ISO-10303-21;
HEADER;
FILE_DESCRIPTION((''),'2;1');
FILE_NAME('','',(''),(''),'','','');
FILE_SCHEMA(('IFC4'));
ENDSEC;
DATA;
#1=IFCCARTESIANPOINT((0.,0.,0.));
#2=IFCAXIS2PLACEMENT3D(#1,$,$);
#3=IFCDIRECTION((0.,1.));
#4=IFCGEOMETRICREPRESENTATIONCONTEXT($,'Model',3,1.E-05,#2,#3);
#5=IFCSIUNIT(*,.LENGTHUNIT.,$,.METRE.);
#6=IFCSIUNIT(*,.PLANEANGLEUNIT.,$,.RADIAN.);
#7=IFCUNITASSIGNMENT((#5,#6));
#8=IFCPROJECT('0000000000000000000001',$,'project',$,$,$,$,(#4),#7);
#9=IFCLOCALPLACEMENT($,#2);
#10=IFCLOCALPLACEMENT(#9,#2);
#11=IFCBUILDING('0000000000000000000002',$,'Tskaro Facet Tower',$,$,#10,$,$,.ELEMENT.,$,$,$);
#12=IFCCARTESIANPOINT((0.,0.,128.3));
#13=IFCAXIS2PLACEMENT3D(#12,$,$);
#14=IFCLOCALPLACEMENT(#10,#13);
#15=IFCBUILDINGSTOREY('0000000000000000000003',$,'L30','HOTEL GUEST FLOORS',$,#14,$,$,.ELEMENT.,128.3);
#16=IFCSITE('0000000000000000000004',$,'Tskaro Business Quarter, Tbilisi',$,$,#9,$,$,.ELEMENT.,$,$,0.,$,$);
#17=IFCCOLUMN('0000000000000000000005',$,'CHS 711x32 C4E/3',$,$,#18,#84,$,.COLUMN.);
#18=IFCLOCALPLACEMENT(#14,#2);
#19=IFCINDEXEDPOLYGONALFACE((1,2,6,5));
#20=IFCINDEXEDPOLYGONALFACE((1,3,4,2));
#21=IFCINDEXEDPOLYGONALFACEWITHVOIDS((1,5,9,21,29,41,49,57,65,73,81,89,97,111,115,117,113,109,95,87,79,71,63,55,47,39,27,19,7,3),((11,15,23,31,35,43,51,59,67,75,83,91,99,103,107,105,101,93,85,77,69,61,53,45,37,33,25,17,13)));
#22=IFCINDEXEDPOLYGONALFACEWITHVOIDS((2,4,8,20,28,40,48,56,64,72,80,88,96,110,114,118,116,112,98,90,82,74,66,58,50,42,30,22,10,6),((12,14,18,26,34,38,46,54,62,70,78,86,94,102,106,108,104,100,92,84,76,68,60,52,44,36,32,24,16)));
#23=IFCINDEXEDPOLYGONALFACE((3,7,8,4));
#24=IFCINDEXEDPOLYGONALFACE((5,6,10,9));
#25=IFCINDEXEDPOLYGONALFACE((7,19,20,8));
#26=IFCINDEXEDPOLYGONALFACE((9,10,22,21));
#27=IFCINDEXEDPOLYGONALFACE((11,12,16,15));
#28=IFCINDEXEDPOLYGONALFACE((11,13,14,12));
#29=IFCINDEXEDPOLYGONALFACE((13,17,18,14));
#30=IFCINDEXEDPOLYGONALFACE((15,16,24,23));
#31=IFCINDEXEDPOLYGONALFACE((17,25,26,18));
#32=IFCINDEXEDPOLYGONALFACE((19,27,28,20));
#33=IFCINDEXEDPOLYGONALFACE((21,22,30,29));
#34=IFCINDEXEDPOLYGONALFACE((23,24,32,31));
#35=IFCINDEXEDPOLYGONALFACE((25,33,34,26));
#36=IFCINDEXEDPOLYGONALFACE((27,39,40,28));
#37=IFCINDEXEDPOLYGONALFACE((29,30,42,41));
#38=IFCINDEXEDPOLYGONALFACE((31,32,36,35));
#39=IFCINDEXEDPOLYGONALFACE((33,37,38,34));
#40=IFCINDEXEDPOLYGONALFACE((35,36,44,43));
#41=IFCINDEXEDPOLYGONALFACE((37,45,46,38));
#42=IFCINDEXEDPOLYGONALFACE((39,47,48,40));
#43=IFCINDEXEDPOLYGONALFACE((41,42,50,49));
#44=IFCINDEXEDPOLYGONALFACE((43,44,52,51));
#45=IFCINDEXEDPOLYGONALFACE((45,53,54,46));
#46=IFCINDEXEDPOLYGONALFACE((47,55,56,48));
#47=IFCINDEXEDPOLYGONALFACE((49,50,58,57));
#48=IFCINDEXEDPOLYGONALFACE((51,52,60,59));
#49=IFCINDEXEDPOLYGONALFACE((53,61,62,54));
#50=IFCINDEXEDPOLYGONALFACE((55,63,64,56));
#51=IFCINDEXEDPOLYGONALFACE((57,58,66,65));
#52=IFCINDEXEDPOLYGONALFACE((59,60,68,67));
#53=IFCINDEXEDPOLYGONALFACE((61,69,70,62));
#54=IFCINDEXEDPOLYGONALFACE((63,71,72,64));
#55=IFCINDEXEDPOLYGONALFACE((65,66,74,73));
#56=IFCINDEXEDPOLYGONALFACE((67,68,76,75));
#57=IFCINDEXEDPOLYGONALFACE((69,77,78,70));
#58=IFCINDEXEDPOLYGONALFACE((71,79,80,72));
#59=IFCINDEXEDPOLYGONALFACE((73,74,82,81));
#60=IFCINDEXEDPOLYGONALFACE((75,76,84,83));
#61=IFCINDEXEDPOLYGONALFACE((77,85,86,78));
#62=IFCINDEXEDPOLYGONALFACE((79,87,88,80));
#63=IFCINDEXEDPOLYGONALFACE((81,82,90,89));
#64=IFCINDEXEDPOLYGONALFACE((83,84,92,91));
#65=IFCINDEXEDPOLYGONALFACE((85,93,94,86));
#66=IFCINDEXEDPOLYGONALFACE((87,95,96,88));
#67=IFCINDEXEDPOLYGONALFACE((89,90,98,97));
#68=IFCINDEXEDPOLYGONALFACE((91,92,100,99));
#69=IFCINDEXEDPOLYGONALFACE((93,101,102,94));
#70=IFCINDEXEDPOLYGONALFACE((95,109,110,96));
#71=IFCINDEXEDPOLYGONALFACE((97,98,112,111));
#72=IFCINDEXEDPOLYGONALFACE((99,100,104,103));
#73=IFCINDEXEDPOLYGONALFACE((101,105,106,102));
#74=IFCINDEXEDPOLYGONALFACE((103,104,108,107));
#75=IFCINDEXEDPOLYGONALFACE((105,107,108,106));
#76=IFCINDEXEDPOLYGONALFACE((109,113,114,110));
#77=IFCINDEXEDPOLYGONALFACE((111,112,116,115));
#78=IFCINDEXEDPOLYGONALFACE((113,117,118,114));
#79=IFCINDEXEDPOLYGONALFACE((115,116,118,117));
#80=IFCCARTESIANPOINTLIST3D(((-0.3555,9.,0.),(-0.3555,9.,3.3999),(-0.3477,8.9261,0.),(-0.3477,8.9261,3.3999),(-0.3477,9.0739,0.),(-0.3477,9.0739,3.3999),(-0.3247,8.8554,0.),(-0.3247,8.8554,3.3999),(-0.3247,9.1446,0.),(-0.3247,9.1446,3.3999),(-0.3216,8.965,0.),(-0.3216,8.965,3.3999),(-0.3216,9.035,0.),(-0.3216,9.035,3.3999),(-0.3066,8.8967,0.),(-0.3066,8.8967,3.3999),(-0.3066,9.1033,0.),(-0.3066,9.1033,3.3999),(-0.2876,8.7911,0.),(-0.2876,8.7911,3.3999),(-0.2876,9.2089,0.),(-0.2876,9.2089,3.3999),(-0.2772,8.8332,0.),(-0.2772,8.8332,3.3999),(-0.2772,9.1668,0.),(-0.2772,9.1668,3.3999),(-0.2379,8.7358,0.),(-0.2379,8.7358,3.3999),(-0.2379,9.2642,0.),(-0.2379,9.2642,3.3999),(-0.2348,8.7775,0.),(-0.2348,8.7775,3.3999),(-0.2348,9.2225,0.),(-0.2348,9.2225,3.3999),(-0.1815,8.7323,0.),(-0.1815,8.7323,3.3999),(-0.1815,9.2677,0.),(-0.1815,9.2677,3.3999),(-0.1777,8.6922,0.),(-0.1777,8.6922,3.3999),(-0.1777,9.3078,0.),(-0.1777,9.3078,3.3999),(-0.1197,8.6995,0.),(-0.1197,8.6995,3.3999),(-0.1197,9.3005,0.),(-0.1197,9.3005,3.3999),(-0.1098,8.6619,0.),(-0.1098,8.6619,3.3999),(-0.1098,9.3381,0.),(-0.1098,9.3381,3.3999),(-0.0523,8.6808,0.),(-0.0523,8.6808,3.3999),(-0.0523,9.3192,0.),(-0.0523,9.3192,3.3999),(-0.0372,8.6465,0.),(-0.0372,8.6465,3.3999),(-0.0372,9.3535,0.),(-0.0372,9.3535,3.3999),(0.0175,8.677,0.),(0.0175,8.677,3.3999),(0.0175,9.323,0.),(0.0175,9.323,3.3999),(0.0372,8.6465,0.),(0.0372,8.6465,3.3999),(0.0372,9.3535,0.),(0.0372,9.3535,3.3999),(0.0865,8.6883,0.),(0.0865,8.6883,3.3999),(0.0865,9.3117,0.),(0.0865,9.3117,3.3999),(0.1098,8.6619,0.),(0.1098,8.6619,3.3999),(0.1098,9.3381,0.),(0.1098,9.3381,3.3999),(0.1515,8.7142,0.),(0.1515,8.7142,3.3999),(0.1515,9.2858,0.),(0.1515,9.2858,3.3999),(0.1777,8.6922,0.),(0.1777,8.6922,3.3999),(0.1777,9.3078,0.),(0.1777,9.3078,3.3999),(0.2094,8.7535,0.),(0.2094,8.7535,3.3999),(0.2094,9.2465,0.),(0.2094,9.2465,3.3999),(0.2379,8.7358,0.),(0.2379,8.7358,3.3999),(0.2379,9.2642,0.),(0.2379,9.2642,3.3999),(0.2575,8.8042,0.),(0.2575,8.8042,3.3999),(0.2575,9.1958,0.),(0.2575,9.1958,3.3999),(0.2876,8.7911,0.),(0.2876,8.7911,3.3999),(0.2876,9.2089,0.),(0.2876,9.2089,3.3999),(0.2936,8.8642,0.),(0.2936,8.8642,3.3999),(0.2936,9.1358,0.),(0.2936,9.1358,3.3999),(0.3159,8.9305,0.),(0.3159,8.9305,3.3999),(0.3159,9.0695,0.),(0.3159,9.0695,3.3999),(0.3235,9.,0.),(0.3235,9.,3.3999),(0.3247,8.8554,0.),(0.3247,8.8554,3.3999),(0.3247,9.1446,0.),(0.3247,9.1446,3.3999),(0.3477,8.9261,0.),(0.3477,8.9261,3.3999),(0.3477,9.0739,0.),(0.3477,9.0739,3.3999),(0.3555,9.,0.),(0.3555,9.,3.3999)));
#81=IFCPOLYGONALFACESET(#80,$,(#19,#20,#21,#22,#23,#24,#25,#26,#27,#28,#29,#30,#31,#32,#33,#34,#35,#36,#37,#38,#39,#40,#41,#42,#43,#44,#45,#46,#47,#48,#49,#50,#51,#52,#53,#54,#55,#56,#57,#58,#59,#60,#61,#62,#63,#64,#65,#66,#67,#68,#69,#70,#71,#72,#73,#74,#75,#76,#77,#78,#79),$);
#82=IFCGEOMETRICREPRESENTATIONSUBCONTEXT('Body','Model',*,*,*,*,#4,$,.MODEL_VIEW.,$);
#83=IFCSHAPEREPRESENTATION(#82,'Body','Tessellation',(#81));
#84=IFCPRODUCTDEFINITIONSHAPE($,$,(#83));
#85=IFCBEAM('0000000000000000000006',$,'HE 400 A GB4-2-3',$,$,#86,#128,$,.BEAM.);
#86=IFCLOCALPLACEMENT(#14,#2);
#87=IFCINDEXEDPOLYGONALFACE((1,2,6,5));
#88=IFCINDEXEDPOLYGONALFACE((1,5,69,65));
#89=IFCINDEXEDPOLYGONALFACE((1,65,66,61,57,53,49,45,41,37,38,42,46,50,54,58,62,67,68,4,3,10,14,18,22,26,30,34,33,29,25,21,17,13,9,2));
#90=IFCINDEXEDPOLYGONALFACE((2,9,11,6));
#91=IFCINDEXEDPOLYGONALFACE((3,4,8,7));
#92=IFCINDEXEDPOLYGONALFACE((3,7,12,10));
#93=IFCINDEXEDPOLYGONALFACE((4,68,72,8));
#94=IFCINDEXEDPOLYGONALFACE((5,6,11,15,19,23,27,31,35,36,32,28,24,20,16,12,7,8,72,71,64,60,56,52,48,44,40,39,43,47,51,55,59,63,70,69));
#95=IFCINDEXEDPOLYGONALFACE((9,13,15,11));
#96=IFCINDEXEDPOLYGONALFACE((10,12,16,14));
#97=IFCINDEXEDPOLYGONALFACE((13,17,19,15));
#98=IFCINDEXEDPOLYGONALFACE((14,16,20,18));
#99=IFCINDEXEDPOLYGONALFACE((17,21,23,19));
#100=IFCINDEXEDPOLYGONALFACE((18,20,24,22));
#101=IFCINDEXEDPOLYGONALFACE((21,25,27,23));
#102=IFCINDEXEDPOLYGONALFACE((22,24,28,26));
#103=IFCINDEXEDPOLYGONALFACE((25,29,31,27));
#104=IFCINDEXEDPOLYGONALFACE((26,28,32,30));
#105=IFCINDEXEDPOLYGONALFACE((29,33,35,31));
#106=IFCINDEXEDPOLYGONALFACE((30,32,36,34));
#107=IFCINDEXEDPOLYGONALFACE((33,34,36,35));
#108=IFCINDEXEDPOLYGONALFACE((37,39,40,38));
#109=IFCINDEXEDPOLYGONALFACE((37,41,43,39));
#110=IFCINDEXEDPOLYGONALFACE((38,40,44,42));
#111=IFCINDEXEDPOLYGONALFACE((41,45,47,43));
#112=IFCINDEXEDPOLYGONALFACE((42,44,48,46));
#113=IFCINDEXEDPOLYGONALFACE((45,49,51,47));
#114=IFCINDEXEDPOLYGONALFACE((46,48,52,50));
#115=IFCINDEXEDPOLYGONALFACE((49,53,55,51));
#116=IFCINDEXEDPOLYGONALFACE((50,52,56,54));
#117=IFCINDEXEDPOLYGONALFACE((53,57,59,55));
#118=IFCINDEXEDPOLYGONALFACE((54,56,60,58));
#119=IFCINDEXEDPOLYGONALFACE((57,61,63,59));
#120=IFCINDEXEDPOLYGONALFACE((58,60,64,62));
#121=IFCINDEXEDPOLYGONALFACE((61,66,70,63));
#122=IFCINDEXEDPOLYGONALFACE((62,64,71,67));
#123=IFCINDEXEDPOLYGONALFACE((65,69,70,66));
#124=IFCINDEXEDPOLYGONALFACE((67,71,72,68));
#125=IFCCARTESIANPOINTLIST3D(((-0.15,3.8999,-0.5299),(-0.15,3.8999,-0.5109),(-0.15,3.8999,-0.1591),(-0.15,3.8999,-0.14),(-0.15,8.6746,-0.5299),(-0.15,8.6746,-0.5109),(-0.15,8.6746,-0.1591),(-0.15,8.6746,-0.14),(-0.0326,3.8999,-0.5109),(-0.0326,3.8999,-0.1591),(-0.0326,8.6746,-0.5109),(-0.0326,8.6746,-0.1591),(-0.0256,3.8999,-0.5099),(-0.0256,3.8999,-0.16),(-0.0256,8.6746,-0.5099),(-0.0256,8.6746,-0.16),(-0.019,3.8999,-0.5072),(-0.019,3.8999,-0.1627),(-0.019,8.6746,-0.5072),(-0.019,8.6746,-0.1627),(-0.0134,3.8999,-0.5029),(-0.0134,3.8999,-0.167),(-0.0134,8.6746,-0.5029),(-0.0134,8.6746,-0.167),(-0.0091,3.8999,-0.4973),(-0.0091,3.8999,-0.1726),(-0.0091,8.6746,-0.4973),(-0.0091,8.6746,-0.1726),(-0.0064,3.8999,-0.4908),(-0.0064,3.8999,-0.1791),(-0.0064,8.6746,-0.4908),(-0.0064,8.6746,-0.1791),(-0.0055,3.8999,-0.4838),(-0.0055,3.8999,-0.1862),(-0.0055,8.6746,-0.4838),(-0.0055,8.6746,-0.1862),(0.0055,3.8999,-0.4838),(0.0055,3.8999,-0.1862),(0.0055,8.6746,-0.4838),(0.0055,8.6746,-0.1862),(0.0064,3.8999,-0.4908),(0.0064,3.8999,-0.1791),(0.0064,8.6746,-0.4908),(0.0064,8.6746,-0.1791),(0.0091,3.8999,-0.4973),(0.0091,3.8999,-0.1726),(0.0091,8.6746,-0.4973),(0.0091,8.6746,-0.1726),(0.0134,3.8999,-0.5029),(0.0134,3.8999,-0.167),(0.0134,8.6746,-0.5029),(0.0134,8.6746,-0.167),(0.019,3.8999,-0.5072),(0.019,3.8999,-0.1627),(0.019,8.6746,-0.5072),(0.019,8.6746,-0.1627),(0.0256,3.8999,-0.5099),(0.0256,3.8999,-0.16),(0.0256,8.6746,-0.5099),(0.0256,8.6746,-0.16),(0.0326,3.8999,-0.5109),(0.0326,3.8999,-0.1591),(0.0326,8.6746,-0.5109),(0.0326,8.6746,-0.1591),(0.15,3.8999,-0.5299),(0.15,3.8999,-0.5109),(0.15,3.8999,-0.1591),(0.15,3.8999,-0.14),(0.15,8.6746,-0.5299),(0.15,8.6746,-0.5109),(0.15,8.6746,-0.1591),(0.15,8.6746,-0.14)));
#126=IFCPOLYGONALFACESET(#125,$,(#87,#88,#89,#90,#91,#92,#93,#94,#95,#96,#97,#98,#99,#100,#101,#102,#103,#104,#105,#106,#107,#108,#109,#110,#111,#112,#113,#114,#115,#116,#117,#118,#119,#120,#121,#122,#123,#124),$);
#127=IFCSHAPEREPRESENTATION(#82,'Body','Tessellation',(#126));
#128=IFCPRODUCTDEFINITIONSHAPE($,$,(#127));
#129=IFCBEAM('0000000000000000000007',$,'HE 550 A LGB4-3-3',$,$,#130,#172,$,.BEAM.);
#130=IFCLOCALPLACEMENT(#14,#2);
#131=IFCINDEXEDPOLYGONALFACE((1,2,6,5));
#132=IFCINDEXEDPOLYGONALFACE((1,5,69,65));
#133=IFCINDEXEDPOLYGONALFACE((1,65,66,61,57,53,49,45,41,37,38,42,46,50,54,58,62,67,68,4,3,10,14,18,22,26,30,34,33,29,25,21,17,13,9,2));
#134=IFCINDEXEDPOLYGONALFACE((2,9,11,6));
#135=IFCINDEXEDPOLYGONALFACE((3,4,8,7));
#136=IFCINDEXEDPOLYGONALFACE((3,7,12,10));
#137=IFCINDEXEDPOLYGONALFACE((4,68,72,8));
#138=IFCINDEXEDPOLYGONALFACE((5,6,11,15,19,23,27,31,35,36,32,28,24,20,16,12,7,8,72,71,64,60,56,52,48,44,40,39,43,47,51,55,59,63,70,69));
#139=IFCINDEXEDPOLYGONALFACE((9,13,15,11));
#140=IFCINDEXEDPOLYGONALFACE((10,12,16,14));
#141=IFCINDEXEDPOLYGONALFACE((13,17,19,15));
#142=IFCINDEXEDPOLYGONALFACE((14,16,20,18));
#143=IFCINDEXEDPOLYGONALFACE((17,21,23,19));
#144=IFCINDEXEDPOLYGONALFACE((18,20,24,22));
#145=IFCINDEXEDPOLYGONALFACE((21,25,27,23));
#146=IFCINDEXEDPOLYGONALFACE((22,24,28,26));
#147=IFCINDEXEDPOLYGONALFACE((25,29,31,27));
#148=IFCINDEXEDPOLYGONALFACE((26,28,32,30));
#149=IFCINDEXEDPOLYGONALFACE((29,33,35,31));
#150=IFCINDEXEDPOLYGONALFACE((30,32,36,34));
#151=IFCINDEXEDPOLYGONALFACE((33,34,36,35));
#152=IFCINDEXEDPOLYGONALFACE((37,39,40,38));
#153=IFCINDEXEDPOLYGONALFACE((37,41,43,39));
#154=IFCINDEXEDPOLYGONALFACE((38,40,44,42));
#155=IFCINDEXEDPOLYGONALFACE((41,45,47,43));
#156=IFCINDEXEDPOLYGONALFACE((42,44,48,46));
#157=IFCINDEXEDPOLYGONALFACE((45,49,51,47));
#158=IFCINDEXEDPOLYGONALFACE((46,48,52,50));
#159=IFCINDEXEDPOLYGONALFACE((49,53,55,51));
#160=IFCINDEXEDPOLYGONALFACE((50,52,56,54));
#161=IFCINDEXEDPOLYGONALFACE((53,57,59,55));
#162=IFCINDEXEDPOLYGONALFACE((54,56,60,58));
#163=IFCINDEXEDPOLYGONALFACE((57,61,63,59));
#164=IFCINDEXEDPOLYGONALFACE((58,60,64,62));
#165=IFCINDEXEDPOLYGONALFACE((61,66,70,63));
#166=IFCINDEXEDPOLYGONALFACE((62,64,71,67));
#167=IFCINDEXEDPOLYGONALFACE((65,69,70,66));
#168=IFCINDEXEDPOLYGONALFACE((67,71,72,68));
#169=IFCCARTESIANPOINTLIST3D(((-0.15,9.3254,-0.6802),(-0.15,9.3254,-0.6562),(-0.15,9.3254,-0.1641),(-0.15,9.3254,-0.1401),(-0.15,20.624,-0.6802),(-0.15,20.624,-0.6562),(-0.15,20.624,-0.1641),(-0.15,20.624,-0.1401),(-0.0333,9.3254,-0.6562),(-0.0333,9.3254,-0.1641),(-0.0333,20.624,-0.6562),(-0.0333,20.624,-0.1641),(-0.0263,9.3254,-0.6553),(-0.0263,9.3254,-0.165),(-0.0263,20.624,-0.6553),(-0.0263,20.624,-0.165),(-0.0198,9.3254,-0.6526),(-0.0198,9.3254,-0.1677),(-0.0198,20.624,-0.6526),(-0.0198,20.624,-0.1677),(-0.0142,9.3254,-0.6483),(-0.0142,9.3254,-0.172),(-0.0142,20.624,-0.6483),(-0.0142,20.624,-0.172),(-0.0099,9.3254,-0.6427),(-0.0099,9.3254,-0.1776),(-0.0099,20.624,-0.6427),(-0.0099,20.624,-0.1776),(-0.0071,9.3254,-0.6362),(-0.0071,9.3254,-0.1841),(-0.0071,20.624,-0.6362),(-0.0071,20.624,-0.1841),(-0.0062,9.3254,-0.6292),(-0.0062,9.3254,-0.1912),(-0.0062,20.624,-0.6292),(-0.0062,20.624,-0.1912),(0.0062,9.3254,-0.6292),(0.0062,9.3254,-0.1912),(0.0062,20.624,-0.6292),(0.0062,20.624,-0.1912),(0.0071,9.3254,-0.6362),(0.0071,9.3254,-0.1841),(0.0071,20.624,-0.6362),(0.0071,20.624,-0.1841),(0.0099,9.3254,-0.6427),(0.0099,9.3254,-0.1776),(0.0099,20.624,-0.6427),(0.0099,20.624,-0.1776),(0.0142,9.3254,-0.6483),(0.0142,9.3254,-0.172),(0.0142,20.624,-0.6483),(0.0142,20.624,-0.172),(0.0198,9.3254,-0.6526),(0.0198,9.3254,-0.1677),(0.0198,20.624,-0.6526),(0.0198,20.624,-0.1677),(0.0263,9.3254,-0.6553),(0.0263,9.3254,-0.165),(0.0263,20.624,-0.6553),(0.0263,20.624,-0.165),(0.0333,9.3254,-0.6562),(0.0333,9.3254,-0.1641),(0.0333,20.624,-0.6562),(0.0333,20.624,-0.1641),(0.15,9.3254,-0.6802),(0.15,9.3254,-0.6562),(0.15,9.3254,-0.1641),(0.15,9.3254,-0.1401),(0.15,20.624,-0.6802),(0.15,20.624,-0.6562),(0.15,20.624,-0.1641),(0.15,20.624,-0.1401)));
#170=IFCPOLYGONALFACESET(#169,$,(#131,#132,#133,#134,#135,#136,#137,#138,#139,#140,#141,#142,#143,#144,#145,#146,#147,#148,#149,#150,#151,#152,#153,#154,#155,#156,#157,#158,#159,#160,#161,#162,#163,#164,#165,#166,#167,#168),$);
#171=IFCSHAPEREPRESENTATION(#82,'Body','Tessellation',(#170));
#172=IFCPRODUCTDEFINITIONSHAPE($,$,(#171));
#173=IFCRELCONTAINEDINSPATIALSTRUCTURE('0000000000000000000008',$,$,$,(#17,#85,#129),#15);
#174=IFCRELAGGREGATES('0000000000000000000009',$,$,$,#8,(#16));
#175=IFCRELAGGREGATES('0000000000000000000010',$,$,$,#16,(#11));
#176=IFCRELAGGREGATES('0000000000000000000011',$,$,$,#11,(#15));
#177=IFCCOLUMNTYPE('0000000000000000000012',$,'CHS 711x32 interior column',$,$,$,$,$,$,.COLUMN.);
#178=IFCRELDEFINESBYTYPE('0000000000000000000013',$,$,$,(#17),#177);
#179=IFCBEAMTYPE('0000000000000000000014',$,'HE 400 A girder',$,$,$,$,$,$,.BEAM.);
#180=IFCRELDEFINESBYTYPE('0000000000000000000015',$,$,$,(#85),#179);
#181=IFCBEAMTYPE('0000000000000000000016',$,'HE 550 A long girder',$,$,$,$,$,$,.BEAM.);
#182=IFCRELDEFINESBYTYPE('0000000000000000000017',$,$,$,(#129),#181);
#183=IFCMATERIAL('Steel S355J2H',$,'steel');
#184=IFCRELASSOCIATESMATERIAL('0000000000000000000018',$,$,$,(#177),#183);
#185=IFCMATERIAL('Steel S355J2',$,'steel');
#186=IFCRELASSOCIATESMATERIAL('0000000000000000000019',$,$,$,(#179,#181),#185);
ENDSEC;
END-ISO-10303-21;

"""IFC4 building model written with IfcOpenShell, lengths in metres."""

from ifc_helpers import new_model, si_unit, direction, frame, origin, origin_2d, place, context, subcontext, project, spatial, hollow_circle, i_section, extrude, material, material_profile, profile_set, type_object, element, save


model = new_model("IFC4")

# Units and contexts
model_context = context("Model", 3, precision=1e-05, world=origin(), true_north=direction((0.0, 1.0)))
body_context = subcontext(model_context, "Body", "Model", "MODEL_VIEW")
ifc_project = project(units=[si_unit("LENGTHUNIT", "METRE"), si_unit("PLANEANGLEUNIT", "RADIAN")], contexts=[model_context])

# Site, building, storey
site_placement = place(None, origin())
site = spatial("IfcSite", under=ifc_project, at=site_placement, Name="Tskaro Business Quarter, Tbilisi", CompositionType="ELEMENT", RefElevation=0.0)
building_placement = place(site_placement, origin())
building = spatial("IfcBuilding", under=site, at=building_placement, Name="Tskaro Facet Tower", CompositionType="ELEMENT")
storey_placement = place(building_placement, frame((0.0, 0.0, 128.3)))
storey = spatial("IfcBuildingStorey", under=building, at=storey_placement, Name="L30", Description="HOTEL GUEST FLOORS", CompositionType="ELEMENT", Elevation=128.3)

# Column
ifc_material_1 = material(Name="Steel S355J2H", Category="steel")
ifc_material_profile_1 = material_profile(ifc_material_1, hollow_circle(Radius=0.3555, WallThickness=0.032, at=origin_2d()), Name="CHS 711x32")
ifc_profile_set_1 = profile_set([ifc_material_profile_1], Name="Steel S355J2H")
column_type = type_object("IfcColumnType", Name="CHS 711x32 interior column", PredefinedType="COLUMN", material=ifc_profile_set_1)
column_placement = place(storey_placement, frame((0.0, 9.0, 0.0), z_axis=(0.0, 0.0, 1.0), x_axis=(1.0, 0.0, 0.0)))
element("IfcColumn", 1, at=column_placement, inside=storey, type_object=column_type, Name="CHS 711x32 C4E/3", PredefinedType="COLUMN", context=body_context, shape_type="SweptSolid", body=[
    extrude(hollow_circle(Radius=0.3555, WallThickness=0.032, at=origin_2d()), origin(), (0.0, 0.0, 1.0), 3.3999),
])

# Beams
ifc_material_2 = material(Name="Steel S355J2", Category="steel")
ifc_material_profile_2 = material_profile(ifc_material_2, i_section(OverallWidth=0.3, OverallDepth=0.3899, WebThickness=0.011, FlangeThickness=0.019, FilletRadius=0.0271, at=origin_2d()), Name="HE 400 A")
ifc_profile_set_2 = profile_set([ifc_material_profile_2], Name="Steel S355J2")
beam_type_1 = type_object("IfcBeamType", Name="HE 400 A girder", PredefinedType="BEAM", material=ifc_profile_set_2)
beam_1_placement = place(storey_placement, frame((0.0, 3.8999, -0.335), z_axis=(0.0, 1.0, 0.0), x_axis=(-1.0, 0.0, 0.0)))
element("IfcBeam", 2, at=beam_1_placement, inside=storey, type_object=beam_type_1, Name="HE 400 A GB4-2-3", PredefinedType="BEAM", context=body_context, shape_type="SweptSolid", body=[
    extrude(i_section(OverallWidth=0.3, OverallDepth=0.3899, WebThickness=0.011, FlangeThickness=0.019, FilletRadius=0.0271, at=origin_2d()), origin(), (0.0, 0.0, 1.0), 4.7747),
])
ifc_material_profile_3 = material_profile(ifc_material_2, i_section(OverallWidth=0.3, OverallDepth=0.54, WebThickness=0.0125, FlangeThickness=0.0239, FilletRadius=0.0271, at=origin_2d()), Name="HE 550 A")
ifc_profile_set_3 = profile_set([ifc_material_profile_3], Name="Steel S355J2")
beam_type_2 = type_object("IfcBeamType", Name="HE 550 A long girder", PredefinedType="BEAM", material=ifc_profile_set_3)
beam_2_placement = place(storey_placement, frame((0.0, 9.3254, -0.4102), z_axis=(0.0, 1.0, 0.0), x_axis=(-1.0, 0.0, 0.0)))
element("IfcBeam", 3, at=beam_2_placement, inside=storey, type_object=beam_type_2, Name="HE 550 A LGB4-3-3", PredefinedType="BEAM", context=body_context, shape_type="SweptSolid", body=[
    extrude(i_section(OverallWidth=0.3, OverallDepth=0.54, WebThickness=0.0125, FlangeThickness=0.0239, FilletRadius=0.0271, at=origin_2d()), origin(), (0.0, 0.0, 1.0), 11.2986),
])

save(model, "model.ifc")
